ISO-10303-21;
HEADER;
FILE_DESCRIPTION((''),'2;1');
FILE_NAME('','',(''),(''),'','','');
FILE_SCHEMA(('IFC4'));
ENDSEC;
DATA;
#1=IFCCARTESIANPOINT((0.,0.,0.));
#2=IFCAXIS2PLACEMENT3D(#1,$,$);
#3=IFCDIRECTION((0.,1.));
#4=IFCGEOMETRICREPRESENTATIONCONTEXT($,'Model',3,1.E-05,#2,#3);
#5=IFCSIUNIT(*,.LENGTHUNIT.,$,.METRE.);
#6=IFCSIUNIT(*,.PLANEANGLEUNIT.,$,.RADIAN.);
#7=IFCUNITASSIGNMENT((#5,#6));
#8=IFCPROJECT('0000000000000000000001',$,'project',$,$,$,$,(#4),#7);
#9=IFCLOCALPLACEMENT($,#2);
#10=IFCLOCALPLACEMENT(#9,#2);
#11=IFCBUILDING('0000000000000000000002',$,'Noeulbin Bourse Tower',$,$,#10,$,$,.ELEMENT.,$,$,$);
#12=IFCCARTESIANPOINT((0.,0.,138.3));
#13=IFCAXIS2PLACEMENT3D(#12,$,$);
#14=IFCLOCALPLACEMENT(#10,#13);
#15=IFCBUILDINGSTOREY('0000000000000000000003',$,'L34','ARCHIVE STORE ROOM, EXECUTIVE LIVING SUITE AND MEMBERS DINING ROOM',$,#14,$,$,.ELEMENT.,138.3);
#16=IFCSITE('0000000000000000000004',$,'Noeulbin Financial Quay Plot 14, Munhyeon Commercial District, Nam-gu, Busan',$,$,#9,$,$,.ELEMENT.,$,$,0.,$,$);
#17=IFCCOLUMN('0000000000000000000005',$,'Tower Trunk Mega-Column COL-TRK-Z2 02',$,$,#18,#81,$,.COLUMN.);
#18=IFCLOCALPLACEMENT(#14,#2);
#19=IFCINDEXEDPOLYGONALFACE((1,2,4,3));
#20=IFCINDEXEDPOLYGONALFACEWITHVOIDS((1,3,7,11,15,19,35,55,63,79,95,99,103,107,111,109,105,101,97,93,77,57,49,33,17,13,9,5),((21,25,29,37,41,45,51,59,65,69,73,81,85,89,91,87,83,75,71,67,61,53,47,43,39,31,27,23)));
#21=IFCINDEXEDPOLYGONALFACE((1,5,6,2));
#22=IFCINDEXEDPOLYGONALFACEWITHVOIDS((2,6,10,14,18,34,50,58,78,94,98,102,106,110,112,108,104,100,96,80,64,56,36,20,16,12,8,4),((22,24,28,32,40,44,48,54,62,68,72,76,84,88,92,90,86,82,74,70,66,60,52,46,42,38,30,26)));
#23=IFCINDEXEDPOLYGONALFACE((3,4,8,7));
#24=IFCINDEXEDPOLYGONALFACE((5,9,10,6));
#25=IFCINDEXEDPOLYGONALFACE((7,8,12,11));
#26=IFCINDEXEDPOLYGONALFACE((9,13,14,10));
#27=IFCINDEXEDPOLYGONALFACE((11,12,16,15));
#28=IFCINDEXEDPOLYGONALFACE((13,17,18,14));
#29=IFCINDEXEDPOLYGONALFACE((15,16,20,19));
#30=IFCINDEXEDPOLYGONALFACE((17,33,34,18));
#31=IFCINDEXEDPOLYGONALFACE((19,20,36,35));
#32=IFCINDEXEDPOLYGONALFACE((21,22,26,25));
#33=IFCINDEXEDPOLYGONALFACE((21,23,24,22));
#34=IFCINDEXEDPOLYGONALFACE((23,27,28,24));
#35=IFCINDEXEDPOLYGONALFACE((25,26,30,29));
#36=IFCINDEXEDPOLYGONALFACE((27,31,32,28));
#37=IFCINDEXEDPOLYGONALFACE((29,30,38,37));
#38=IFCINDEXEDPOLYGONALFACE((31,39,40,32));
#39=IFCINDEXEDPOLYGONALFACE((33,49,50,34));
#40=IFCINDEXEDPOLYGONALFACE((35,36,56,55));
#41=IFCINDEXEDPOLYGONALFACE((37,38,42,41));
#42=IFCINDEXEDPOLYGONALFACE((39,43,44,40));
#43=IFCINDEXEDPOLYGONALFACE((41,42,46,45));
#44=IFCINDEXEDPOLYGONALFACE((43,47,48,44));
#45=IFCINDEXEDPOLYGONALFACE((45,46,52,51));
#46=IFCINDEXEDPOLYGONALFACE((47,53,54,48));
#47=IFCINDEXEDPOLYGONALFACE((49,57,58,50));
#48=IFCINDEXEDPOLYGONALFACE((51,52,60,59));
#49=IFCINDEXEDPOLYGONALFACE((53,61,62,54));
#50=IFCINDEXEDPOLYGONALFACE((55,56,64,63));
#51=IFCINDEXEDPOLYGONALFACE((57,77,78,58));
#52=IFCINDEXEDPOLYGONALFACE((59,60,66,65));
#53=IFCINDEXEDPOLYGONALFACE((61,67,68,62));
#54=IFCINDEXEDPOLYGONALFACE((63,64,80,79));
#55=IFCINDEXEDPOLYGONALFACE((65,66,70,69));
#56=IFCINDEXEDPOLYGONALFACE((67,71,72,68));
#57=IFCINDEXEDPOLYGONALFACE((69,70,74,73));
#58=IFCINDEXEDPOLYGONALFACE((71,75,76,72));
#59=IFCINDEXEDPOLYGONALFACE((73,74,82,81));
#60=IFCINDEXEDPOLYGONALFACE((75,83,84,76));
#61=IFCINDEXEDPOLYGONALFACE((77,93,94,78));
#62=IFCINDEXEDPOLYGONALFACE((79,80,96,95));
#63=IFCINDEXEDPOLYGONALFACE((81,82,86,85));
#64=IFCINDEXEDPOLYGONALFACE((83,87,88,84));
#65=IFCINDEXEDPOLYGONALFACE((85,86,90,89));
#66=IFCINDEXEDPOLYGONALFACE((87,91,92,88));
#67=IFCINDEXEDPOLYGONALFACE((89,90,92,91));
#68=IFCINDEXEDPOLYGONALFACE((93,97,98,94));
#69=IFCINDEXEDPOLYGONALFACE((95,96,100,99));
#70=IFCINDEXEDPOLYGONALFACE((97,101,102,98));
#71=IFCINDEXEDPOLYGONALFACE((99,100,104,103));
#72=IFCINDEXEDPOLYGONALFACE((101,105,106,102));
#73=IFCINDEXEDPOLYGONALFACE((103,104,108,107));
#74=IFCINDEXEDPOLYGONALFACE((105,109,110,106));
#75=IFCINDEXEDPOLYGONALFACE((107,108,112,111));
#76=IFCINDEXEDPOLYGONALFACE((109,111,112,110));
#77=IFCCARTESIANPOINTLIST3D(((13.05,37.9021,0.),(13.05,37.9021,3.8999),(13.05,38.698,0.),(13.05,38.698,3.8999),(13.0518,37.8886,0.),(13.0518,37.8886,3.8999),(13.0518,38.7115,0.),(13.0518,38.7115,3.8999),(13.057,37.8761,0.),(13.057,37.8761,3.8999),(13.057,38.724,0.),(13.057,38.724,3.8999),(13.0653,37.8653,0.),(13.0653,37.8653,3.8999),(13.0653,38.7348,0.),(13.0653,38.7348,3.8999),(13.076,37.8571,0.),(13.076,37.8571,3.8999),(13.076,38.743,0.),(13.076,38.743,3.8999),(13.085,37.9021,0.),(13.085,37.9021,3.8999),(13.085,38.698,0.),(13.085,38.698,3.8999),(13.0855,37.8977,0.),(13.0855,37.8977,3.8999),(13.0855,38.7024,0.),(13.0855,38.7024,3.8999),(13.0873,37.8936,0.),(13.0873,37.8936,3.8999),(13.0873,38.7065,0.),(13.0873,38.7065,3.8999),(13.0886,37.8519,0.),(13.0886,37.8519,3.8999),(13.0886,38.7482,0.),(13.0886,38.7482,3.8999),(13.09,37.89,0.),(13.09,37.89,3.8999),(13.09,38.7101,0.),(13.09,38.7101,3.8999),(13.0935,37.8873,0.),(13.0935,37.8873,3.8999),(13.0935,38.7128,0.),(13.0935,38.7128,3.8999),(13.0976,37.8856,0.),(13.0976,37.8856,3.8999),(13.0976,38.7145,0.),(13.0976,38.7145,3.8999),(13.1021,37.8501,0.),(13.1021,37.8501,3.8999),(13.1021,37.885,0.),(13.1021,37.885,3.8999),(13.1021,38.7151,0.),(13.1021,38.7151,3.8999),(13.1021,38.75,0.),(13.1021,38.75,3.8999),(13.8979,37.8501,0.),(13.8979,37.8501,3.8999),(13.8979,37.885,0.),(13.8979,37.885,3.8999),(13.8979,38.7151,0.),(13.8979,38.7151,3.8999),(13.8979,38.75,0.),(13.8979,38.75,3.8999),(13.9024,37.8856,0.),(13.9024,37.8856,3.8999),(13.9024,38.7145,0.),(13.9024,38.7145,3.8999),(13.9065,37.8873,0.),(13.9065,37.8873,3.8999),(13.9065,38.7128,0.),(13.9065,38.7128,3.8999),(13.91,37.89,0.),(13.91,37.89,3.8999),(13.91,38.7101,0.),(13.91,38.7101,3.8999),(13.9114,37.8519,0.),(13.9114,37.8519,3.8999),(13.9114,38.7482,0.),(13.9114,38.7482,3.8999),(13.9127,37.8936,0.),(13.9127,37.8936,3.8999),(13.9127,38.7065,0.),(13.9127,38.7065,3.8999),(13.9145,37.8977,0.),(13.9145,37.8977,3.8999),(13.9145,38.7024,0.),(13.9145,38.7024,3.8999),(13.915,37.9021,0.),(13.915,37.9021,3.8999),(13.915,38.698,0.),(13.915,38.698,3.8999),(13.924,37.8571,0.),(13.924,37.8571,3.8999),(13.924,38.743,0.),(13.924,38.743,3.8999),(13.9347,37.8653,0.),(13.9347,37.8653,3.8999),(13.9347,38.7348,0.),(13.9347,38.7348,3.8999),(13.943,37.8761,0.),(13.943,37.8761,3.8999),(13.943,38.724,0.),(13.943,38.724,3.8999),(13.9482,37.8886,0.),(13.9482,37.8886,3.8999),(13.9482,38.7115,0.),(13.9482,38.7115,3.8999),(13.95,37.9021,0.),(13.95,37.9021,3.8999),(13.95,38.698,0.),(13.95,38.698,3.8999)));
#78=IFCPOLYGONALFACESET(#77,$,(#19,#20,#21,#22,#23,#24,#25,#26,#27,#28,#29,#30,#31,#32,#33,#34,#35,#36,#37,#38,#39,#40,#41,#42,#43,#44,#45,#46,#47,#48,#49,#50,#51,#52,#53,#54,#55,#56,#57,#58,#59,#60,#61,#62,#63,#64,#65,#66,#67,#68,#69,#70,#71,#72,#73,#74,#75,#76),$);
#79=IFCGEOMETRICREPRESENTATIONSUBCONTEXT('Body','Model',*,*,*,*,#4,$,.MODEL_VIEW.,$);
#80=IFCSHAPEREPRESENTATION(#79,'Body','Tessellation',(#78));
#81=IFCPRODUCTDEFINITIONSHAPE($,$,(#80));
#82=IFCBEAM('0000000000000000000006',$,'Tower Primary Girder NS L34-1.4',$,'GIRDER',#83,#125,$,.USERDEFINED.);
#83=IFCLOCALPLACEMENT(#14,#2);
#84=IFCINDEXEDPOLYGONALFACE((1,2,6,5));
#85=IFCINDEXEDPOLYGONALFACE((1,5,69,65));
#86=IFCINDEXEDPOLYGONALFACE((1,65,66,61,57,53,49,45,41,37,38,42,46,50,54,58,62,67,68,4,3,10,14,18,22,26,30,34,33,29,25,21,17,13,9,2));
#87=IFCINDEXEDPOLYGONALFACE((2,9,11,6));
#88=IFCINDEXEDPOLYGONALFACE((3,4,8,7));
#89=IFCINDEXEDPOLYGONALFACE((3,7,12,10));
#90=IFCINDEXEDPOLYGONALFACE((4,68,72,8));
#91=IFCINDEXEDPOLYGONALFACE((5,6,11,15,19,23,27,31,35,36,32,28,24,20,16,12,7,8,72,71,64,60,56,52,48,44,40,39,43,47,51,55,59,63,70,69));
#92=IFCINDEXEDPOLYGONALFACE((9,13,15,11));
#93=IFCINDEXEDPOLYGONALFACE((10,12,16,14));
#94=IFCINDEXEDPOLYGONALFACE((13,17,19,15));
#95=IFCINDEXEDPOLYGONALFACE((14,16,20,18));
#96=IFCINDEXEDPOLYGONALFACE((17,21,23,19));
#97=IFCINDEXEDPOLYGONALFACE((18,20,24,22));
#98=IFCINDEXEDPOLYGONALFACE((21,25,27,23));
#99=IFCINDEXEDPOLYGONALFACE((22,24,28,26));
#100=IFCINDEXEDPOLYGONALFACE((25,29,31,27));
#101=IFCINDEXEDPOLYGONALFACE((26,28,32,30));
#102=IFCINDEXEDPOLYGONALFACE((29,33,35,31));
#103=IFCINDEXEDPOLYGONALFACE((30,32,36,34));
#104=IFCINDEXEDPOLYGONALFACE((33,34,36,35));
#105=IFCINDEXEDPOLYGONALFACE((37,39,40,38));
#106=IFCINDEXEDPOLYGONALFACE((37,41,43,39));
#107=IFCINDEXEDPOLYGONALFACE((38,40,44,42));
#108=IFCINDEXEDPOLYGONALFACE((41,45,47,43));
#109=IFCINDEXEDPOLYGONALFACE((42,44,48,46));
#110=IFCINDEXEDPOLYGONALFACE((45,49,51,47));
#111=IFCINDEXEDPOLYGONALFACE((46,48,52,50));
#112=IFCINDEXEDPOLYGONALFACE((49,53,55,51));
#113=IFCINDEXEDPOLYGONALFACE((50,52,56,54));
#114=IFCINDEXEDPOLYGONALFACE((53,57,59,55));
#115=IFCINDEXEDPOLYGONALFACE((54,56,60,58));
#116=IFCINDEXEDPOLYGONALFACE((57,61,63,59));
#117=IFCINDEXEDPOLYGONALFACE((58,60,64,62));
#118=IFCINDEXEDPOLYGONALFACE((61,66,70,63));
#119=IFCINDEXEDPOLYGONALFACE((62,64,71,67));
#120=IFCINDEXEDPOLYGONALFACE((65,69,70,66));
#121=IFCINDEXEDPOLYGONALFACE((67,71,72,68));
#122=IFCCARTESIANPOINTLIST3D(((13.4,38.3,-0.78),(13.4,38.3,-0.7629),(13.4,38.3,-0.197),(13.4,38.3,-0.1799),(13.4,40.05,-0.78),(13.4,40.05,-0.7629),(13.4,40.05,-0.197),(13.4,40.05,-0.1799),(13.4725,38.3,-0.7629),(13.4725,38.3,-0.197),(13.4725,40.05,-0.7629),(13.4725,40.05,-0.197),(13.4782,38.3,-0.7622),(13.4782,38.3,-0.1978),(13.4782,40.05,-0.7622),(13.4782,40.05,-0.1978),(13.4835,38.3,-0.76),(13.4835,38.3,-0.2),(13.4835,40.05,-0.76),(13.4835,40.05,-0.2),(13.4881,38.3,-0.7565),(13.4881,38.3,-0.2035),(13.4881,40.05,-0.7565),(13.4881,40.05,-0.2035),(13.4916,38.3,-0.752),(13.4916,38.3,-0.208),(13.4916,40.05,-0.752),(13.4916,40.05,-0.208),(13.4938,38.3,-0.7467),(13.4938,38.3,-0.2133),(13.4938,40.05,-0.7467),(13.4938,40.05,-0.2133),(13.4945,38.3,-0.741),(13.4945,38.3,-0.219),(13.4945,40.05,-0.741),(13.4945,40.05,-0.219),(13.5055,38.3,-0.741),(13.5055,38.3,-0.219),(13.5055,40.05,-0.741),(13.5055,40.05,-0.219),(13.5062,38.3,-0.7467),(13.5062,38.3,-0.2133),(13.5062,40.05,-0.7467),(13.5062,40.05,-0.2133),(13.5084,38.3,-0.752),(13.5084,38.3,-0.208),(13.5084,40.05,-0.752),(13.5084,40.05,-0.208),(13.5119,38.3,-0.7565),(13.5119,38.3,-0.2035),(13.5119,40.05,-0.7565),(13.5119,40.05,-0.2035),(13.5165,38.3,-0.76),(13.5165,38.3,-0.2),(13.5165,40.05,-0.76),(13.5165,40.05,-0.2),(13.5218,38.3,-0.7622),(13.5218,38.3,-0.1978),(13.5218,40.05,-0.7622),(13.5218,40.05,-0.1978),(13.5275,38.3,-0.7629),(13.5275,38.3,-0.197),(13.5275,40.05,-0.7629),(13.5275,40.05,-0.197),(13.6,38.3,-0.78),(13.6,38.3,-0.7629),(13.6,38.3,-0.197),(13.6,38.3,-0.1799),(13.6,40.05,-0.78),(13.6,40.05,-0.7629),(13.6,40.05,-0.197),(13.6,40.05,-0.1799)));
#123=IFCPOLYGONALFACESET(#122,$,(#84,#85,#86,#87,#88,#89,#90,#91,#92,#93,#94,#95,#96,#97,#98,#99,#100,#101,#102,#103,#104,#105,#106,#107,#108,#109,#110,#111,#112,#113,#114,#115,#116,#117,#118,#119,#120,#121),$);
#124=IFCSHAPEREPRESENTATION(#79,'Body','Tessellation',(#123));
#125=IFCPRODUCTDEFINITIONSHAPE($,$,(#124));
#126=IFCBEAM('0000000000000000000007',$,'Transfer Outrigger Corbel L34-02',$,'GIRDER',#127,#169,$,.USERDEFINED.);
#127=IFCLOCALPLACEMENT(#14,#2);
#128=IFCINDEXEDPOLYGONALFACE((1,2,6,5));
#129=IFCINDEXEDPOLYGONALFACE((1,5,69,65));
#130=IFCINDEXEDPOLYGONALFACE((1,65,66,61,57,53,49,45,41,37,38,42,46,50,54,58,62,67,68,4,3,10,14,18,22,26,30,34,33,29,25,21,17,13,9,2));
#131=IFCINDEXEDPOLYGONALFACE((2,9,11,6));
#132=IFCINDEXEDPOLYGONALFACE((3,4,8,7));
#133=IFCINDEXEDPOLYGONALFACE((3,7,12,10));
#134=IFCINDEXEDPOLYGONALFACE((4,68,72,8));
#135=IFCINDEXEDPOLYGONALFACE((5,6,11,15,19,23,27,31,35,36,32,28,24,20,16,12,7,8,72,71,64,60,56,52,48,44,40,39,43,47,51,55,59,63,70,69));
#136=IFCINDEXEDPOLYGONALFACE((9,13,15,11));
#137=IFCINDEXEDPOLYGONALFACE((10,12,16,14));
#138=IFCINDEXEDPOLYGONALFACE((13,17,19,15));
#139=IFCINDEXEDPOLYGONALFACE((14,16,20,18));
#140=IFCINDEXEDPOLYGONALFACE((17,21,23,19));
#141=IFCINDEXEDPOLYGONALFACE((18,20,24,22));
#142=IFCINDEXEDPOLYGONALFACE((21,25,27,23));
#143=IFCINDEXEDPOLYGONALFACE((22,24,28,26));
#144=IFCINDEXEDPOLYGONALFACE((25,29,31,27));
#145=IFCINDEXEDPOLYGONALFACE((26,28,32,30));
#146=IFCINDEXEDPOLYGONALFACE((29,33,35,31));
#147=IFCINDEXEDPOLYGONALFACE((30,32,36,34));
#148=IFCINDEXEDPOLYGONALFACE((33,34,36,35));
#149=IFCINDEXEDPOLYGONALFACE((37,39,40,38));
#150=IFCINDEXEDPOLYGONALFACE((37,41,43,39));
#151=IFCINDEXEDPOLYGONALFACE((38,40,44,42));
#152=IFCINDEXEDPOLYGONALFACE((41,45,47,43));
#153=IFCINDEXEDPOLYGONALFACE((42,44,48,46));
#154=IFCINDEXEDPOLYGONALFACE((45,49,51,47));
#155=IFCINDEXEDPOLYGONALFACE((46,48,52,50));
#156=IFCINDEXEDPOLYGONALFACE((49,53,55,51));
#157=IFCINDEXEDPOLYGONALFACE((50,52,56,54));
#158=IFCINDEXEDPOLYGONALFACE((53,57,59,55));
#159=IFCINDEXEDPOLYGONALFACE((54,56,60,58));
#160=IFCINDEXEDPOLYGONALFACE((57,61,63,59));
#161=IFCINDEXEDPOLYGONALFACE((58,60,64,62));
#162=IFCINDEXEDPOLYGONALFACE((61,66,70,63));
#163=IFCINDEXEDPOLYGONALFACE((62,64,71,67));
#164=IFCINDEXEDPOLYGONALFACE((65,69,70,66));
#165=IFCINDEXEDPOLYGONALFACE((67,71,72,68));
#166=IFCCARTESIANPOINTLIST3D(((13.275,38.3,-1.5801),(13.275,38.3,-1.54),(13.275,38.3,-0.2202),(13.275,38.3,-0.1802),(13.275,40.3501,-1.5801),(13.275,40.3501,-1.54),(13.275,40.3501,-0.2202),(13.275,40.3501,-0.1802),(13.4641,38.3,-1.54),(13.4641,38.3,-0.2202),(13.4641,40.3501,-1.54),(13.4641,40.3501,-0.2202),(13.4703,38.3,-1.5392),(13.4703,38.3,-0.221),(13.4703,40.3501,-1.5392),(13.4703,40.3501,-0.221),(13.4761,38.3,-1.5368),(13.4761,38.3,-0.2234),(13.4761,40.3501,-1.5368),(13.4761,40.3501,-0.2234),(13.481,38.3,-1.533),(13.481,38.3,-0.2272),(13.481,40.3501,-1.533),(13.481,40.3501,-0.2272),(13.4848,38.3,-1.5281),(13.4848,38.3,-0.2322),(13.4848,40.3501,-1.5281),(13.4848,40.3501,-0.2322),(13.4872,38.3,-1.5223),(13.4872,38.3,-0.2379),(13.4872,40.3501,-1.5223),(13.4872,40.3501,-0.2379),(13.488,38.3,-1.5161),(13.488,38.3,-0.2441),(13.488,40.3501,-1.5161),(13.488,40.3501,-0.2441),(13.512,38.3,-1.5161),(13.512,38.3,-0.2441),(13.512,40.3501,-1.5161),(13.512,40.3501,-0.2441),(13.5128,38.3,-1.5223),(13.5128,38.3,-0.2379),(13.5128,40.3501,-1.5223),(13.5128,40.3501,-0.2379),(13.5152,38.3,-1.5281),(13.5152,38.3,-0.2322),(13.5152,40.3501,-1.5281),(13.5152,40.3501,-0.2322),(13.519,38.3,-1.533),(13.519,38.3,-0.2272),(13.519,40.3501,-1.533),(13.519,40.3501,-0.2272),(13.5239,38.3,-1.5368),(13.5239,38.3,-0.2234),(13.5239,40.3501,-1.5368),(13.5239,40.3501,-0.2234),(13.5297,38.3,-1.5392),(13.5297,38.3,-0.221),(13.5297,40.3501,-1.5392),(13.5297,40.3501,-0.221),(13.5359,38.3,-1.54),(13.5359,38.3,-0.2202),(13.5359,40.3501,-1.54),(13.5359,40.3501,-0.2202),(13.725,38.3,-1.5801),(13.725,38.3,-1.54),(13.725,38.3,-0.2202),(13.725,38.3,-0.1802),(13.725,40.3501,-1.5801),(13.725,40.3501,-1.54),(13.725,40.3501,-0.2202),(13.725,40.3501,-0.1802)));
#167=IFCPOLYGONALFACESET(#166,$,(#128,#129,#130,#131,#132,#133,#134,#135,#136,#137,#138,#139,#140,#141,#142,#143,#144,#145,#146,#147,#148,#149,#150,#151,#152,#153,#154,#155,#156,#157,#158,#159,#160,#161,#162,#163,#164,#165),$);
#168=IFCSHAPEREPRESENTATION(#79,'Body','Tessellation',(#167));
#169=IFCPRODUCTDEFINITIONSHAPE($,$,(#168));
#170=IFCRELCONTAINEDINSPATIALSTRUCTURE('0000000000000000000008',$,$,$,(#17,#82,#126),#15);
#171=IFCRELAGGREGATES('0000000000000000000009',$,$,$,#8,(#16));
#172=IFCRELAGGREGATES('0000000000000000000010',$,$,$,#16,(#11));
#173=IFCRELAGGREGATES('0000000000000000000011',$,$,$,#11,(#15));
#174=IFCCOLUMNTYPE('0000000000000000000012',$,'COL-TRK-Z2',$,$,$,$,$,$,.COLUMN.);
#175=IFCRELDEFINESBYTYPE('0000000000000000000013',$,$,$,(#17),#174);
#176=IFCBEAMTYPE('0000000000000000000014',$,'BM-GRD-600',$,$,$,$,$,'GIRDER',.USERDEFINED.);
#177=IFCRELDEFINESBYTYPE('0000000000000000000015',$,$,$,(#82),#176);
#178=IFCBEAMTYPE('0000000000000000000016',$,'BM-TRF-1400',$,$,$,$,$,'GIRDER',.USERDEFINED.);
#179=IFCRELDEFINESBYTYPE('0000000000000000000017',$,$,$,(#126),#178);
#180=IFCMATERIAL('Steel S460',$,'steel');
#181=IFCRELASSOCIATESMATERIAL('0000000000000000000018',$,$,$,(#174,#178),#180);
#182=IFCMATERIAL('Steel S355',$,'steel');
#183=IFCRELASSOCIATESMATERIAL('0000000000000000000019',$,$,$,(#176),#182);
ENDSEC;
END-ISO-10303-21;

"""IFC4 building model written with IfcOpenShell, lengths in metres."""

from ifc_helpers import new_model, si_unit, direction, frame, origin, origin_2d, place, context, subcontext, project, spatial, hollow_rectangle, i_section, extrude, material, material_profile, profile_set, type_object, element, save


model = new_model("IFC4")

# Units and contexts
model_context = context("Model", 3, precision=1e-05, world=origin(), true_north=direction((0.0, 1.0)))
body_context = subcontext(model_context, "Body", "Model", "MODEL_VIEW")
ifc_project = project(units=[si_unit("LENGTHUNIT", "METRE"), si_unit("PLANEANGLEUNIT", "RADIAN")], contexts=[model_context])

# Site, building, storey
site_placement = place(None, origin())
site = spatial("IfcSite", under=ifc_project, at=site_placement, Name="Noeulbin Financial Quay Plot 14, Munhyeon Commercial District, Nam-gu, Busan", CompositionType="ELEMENT", RefElevation=0.0)
building_placement = place(site_placement, origin())
building = spatial("IfcBuilding", under=site, at=building_placement, Name="Noeulbin Bourse Tower", CompositionType="ELEMENT")
storey_placement = place(building_placement, frame((0.0, 0.0, 138.3)))
storey = spatial("IfcBuildingStorey", under=building, at=storey_placement, Name="L34", Description="ARCHIVE STORE ROOM, EXECUTIVE LIVING SUITE AND MEMBERS DINING ROOM", CompositionType="ELEMENT", Elevation=138.3)

# Column
ifc_material_1 = material(Name="Steel S460", Category="steel")
ifc_material_profile_1 = material_profile(ifc_material_1, hollow_rectangle(XDim=0.8999, YDim=0.8999, WallThickness=0.0349, InnerFilletRadius=0.0171, OuterFilletRadius=0.052, at=origin_2d()), Name="BOX-900x900x35", Category="LoadBearing")
ifc_profile_set_1 = profile_set([ifc_material_profile_1], Name="Steel S460")
column_type = type_object("IfcColumnType", Name="COL-TRK-Z2", PredefinedType="COLUMN", material=ifc_profile_set_1)
column_placement = place(storey_placement, frame((13.5, 38.3, 0.0), z_axis=(0.0, 0.0, 1.0), x_axis=(1.0, 0.0, 0.0)))
element("IfcColumn", 1, at=column_placement, inside=storey, type_object=column_type, Name="Tower Trunk Mega-Column COL-TRK-Z2 02", PredefinedType="COLUMN", context=body_context, shape_type="SweptSolid", body=[
    extrude(hollow_rectangle(XDim=0.8999, YDim=0.8999, WallThickness=0.0349, InnerFilletRadius=0.0171, OuterFilletRadius=0.052, at=origin_2d()), origin(), (0.0, 0.0, 1.0), 3.8999),
])

# Beams
ifc_material_2 = material(Name="Steel S355", Category="steel")
ifc_material_profile_2 = material_profile(ifc_material_2, i_section(OverallWidth=0.2, OverallDepth=0.6001, WebThickness=0.011, FlangeThickness=0.0171, FilletRadius=0.022, at=origin_2d()), Name="H-600x200x11x17", Category="LoadBearing")
ifc_profile_set_2 = profile_set([ifc_material_profile_2], Name="Steel S355")
beam_type_1 = type_object("IfcBeamType", Name="BM-GRD-600", ElementType="GIRDER", PredefinedType="USERDEFINED", material=ifc_profile_set_2)
beam_1_placement = place(storey_placement, frame((13.5, 38.3, -0.48), z_axis=(0.0, 1.0, 0.0), x_axis=(-1.0, 0.0, 0.0)))
element("IfcBeam", 2, at=beam_1_placement, inside=storey, type_object=beam_type_1, Name="Tower Primary Girder NS L34-1.4", ObjectType="GIRDER", PredefinedType="USERDEFINED", context=body_context, shape_type="SweptSolid", body=[
    extrude(i_section(OverallWidth=0.2, OverallDepth=0.6001, WebThickness=0.011, FlangeThickness=0.0171, FilletRadius=0.022, at=origin_2d()), origin(), (0.0, 0.0, 1.0), 1.75),
])
ifc_material_profile_3 = material_profile(ifc_material_1, i_section(OverallWidth=0.45, OverallDepth=1.3999, WebThickness=0.0239, FlangeThickness=0.04, FilletRadius=0.0239, at=origin_2d()), Name="PG-1400x450x24x40", Category="LoadBearing")
ifc_profile_set_3 = profile_set([ifc_material_profile_3], Name="Steel S460")
beam_type_2 = type_object("IfcBeamType", Name="BM-TRF-1400", ElementType="GIRDER", PredefinedType="USERDEFINED", material=ifc_profile_set_3)
beam_2_placement = place(storey_placement, frame((13.5, 38.3, -0.8801), z_axis=(0.0, 1.0, 0.0), x_axis=(-1.0, 0.0, 0.0)))
element("IfcBeam", 3, at=beam_2_placement, inside=storey, type_object=beam_type_2, Name="Transfer Outrigger Corbel L34-02", ObjectType="GIRDER", PredefinedType="USERDEFINED", context=body_context, shape_type="SweptSolid", body=[
    extrude(i_section(OverallWidth=0.45, OverallDepth=1.3999, WebThickness=0.0239, FlangeThickness=0.04, FilletRadius=0.0239, at=origin_2d()), origin(), (0.0, 0.0, 1.0), 2.05),
])

save(model, "model.ifc")
